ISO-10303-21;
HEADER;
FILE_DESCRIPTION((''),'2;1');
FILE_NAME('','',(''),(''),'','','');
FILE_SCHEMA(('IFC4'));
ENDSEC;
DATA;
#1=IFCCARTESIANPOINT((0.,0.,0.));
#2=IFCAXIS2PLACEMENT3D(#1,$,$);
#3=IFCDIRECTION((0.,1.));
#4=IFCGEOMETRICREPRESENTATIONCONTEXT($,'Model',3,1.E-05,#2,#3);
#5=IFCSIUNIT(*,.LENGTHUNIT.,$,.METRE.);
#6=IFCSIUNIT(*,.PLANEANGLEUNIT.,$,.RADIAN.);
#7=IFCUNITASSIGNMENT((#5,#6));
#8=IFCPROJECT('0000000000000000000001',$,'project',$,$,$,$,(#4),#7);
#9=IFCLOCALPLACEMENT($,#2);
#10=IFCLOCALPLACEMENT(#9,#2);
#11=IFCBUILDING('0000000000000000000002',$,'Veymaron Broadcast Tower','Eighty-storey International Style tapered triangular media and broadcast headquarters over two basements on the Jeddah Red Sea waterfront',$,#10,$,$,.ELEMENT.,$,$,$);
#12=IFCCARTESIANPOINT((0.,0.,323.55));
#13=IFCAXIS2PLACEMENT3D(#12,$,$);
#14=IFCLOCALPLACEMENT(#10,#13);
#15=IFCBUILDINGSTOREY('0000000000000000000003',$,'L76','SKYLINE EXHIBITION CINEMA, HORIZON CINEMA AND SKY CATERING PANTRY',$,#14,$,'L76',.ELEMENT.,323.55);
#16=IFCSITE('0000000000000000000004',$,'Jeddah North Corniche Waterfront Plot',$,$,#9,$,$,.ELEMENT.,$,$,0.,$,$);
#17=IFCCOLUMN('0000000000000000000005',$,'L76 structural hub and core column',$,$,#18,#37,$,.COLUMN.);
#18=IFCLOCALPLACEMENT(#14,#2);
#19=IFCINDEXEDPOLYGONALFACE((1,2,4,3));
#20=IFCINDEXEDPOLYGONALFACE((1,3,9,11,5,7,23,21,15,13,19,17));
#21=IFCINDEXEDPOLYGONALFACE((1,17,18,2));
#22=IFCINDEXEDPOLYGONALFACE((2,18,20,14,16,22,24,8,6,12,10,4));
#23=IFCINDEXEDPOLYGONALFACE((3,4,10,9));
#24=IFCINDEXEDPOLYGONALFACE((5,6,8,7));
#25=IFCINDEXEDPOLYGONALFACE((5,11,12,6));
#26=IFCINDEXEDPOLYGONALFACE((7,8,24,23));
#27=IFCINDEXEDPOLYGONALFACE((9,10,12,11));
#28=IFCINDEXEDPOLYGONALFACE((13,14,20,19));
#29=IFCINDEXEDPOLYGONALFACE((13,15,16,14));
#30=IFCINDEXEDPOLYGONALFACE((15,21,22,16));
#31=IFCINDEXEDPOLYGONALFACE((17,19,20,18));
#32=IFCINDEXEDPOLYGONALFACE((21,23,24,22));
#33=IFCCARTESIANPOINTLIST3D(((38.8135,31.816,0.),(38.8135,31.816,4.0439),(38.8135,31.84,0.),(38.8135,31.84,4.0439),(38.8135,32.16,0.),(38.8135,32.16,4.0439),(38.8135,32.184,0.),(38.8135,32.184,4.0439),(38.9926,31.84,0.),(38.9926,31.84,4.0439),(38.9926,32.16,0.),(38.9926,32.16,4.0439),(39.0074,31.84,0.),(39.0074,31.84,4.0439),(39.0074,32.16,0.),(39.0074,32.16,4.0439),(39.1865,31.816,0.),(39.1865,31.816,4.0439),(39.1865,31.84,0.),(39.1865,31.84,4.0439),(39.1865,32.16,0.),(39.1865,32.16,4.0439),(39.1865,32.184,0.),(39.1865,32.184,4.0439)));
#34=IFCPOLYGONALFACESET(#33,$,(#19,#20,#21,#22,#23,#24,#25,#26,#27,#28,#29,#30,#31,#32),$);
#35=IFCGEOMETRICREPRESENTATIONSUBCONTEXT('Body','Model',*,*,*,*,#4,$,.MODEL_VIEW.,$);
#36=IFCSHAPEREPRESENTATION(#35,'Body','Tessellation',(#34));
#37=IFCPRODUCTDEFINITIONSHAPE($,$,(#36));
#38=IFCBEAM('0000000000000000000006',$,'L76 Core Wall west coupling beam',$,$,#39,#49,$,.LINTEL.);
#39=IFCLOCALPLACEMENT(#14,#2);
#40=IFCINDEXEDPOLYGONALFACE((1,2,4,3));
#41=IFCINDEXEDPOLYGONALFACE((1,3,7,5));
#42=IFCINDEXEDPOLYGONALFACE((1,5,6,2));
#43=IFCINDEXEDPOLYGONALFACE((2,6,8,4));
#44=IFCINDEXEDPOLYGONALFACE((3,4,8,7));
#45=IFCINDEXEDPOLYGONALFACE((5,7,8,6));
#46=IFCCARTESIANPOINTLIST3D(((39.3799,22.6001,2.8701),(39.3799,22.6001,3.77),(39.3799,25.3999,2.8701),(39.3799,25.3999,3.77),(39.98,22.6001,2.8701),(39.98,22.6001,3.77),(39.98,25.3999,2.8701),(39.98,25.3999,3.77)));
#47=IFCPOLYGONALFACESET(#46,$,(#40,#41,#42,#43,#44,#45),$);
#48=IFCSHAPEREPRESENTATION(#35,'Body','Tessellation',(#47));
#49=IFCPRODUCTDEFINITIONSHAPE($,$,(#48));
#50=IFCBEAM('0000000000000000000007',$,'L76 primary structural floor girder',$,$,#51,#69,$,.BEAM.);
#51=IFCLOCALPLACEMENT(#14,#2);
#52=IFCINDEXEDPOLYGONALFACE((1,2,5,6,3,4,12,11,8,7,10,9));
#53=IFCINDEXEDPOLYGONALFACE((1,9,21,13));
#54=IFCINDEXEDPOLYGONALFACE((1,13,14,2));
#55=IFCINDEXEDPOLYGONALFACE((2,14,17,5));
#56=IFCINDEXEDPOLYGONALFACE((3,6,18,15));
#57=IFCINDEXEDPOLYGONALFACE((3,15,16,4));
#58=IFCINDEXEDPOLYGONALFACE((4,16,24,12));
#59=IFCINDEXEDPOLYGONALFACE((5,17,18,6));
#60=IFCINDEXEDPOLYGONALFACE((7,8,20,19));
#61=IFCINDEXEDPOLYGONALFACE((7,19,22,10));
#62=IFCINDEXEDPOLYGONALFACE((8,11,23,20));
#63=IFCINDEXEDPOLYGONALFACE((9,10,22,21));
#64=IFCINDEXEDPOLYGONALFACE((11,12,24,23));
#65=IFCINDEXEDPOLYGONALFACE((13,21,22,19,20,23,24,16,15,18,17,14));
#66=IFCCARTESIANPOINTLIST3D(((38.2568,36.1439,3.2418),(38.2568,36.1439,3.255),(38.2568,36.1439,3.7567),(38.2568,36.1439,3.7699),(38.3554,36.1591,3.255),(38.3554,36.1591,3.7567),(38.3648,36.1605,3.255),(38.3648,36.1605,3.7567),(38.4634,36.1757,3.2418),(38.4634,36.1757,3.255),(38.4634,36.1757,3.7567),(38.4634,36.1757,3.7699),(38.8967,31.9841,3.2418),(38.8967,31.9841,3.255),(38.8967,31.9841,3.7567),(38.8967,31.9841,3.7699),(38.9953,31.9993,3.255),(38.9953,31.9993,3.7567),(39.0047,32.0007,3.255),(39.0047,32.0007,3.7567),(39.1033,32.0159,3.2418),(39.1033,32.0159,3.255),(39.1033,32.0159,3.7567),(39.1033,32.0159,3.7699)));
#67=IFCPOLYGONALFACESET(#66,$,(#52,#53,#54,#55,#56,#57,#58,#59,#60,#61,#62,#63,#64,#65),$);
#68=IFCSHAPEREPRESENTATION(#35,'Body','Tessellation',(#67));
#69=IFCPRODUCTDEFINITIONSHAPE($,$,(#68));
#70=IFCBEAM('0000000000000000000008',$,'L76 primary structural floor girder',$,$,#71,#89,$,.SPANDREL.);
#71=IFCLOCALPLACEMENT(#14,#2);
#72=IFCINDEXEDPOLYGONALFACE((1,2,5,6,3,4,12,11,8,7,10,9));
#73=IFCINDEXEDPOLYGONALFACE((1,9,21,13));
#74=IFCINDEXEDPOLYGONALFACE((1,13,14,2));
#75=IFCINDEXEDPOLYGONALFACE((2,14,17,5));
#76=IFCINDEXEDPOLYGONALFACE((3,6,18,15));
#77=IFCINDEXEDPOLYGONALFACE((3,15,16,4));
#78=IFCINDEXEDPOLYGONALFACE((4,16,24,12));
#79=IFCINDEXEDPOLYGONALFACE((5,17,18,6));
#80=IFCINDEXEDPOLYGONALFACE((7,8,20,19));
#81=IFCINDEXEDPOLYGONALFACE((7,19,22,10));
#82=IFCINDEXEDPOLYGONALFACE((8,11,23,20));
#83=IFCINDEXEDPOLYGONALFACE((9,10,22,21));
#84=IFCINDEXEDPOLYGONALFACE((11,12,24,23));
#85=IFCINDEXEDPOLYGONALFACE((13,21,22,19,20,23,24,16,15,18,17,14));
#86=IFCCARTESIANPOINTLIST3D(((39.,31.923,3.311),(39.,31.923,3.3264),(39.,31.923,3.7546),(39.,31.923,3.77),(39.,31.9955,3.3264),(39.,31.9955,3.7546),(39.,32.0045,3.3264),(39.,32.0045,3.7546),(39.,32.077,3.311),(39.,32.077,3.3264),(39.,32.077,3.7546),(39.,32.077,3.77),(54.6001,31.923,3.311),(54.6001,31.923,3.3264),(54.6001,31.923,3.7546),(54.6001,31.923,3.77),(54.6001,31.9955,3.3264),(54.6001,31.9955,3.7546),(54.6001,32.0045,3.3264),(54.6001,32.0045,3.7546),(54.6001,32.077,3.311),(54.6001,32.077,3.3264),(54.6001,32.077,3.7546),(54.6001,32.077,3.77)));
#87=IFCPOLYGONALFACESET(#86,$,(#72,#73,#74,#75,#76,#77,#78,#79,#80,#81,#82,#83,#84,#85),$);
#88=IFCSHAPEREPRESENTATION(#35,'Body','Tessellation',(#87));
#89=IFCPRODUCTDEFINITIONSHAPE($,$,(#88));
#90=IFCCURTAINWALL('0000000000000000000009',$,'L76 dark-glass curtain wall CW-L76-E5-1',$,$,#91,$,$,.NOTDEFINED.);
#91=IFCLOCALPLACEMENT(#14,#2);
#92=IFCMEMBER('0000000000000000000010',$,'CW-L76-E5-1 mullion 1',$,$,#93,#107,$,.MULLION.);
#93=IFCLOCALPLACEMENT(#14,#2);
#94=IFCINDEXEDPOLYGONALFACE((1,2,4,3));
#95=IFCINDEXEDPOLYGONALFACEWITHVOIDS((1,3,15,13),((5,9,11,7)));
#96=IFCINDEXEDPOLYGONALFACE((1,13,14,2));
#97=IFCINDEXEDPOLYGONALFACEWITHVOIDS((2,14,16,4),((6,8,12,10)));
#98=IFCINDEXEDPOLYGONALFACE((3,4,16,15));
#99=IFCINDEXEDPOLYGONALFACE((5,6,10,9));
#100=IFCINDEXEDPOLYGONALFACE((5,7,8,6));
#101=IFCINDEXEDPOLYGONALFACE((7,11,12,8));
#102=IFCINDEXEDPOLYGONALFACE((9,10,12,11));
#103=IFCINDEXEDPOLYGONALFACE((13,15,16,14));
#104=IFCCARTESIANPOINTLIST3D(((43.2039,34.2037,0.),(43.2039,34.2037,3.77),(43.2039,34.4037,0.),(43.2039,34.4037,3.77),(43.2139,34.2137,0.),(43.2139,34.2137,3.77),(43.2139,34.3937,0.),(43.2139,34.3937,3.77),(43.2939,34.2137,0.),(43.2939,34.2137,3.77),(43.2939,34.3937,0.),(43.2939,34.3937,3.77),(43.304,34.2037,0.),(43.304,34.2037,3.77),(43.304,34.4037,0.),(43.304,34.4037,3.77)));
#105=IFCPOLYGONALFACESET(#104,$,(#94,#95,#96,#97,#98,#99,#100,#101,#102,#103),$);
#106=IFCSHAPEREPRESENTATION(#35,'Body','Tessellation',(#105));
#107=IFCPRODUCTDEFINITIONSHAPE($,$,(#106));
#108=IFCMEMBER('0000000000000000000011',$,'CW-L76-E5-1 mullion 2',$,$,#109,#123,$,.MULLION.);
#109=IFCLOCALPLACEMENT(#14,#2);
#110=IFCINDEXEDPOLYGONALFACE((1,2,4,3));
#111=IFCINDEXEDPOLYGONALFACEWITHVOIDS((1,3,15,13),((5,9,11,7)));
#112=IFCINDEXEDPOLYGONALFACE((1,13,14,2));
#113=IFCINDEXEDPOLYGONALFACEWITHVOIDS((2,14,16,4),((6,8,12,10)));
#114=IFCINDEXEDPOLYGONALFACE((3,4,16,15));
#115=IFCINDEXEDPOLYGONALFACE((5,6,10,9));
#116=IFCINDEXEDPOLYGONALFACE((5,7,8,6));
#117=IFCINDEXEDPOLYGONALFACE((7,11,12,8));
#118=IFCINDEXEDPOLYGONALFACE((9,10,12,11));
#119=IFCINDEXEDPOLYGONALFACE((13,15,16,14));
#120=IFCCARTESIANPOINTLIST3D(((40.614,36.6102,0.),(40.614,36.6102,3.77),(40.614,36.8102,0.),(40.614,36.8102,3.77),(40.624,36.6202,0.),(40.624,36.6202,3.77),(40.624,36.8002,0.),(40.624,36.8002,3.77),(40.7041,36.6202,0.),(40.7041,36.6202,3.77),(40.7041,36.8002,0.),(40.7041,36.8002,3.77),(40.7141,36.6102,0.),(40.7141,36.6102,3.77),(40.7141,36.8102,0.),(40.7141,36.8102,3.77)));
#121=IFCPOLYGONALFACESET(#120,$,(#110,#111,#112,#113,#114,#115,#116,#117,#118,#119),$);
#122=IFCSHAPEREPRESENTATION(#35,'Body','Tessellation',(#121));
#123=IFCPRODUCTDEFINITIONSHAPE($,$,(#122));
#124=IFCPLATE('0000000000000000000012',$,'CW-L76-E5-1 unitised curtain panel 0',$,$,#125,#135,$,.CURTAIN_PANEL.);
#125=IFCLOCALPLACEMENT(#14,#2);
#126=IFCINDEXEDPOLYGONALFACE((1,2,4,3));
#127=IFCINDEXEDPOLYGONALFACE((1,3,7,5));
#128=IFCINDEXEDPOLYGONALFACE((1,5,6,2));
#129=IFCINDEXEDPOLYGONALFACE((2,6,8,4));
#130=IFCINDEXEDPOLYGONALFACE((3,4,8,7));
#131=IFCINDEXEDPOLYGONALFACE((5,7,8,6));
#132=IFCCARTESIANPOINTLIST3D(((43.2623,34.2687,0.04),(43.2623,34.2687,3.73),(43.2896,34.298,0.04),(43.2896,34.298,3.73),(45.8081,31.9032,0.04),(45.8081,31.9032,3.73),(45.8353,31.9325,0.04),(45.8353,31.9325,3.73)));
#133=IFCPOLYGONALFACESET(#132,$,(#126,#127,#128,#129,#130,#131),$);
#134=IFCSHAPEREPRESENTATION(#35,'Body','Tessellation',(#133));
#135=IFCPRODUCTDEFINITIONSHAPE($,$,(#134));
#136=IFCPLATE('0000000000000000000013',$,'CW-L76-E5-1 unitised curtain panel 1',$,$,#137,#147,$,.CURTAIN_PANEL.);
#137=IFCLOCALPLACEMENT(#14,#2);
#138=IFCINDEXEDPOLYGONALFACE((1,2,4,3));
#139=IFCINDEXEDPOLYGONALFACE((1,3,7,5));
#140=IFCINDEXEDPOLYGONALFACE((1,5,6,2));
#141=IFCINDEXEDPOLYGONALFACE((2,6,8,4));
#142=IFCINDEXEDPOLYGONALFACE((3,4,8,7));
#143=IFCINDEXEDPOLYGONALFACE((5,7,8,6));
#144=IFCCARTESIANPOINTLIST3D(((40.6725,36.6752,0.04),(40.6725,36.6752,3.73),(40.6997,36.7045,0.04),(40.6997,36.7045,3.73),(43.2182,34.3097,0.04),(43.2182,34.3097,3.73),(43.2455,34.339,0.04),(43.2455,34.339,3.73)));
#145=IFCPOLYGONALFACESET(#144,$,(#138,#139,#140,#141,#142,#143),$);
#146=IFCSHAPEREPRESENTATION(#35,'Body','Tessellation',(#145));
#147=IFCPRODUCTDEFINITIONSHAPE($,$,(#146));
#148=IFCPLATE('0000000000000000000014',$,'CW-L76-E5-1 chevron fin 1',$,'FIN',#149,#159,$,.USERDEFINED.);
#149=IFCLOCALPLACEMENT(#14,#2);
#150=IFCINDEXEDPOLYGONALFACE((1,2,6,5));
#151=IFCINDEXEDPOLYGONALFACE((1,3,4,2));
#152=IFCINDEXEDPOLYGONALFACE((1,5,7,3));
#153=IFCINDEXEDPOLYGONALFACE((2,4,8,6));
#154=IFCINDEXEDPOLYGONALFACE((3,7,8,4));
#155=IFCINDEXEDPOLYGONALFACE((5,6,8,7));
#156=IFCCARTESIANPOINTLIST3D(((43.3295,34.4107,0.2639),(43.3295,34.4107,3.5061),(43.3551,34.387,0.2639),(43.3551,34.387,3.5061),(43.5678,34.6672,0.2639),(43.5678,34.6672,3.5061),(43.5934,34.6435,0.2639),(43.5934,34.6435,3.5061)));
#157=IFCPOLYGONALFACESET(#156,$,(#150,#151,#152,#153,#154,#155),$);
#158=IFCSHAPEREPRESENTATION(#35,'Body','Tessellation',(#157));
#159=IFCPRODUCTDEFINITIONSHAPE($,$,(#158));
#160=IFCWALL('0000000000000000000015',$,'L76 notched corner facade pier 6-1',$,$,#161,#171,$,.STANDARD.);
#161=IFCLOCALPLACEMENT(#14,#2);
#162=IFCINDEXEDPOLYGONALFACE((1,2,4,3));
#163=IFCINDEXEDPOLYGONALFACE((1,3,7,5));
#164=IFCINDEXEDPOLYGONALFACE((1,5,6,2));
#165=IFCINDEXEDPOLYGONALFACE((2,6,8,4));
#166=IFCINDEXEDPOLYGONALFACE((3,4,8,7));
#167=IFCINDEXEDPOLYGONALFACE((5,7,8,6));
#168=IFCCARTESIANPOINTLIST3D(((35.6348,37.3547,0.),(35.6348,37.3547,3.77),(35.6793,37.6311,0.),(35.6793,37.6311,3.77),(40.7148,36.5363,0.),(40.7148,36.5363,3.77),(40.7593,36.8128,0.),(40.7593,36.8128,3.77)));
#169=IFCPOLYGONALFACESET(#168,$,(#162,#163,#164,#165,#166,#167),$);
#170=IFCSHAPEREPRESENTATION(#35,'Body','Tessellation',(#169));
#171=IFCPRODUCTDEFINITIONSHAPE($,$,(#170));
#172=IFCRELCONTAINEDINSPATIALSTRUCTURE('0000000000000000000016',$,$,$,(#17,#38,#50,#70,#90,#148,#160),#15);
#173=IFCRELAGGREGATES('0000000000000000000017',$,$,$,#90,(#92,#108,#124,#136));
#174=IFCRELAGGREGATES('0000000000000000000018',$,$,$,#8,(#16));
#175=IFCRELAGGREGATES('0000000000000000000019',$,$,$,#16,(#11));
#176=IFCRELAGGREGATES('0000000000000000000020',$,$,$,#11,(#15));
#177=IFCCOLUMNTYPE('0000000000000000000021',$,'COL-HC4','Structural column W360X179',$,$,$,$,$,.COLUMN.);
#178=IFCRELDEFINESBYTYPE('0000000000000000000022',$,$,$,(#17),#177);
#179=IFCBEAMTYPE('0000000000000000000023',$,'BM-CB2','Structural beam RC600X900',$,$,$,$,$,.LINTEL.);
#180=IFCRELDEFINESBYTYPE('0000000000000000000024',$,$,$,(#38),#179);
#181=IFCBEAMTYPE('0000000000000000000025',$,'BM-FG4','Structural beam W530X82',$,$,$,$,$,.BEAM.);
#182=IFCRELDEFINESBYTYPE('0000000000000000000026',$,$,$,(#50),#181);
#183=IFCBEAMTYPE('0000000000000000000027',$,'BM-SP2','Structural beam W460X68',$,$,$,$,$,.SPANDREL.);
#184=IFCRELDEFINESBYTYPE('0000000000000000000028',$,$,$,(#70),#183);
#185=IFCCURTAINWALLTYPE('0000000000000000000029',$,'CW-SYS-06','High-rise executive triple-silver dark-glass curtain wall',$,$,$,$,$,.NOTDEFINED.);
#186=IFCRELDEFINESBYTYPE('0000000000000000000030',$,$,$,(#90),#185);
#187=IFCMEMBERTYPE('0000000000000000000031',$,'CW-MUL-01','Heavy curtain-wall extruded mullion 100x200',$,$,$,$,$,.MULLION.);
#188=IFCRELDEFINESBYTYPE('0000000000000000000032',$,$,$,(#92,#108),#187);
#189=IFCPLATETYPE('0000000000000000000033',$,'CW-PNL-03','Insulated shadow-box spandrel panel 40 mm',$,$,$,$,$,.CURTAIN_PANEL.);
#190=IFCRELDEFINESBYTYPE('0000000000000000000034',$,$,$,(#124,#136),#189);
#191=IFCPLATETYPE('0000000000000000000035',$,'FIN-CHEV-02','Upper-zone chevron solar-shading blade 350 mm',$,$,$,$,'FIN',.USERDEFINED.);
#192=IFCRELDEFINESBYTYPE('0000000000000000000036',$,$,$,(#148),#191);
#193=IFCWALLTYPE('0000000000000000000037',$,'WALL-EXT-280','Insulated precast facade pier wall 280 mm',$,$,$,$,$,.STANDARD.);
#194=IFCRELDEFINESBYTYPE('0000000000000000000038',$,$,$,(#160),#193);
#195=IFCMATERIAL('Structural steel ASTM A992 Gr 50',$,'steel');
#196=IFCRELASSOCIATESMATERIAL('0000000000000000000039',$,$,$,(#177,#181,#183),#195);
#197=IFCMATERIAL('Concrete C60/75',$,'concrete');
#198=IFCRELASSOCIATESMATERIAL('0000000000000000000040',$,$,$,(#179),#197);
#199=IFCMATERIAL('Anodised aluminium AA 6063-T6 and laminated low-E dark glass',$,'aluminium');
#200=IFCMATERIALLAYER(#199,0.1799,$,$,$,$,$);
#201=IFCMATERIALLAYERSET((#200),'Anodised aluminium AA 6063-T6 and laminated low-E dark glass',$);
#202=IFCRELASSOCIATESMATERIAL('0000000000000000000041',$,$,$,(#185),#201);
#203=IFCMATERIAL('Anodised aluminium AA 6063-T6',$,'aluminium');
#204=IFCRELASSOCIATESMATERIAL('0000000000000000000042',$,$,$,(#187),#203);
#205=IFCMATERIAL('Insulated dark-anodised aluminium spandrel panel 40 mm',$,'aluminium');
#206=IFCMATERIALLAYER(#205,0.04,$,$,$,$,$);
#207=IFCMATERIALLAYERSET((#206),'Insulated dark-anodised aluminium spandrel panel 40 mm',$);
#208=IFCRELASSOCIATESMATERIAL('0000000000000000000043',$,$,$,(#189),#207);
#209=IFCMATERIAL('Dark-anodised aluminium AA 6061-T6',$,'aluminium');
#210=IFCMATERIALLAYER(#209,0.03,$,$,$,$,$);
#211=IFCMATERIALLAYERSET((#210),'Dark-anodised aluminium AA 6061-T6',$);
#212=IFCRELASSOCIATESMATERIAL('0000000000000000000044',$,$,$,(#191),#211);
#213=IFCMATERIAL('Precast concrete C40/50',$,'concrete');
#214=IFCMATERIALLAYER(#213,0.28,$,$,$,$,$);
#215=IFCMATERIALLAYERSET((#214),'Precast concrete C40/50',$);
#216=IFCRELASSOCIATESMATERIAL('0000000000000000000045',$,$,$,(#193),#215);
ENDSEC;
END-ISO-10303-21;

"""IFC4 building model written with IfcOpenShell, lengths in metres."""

from ifc_helpers import new_model, si_unit, direction, frame, frame_2d, origin, origin_2d, place, context, subcontext, project, spatial, rectangle, hollow_rectangle, i_section, extrude, material, layer, layer_set, material_profile, profile_set, type_object, element, aggregate, save


model = new_model("IFC4")

# Units and contexts
model_context = context("Model", 3, precision=1e-05, world=origin(), true_north=direction((0.0, 1.0)))
body_context = subcontext(model_context, "Body", "Model", "MODEL_VIEW")
ifc_project = project(units=[si_unit("LENGTHUNIT", "METRE"), si_unit("PLANEANGLEUNIT", "RADIAN")], contexts=[model_context])

# Site, building, storey
site_placement = place(None, origin())
site = spatial("IfcSite", under=ifc_project, at=site_placement, Name="Jeddah North Corniche Waterfront Plot", CompositionType="ELEMENT", RefElevation=0.0)
building_placement = place(site_placement, origin())
building = spatial("IfcBuilding", under=site, at=building_placement, Name="Veymaron Broadcast Tower", Description="Eighty-storey International Style tapered triangular media and broadcast headquarters over two basements on the Jeddah Red Sea waterfront", CompositionType="ELEMENT")
storey_placement = place(building_placement, frame((0.0, 0.0, 323.55)))
storey = spatial("IfcBuildingStorey", under=building, at=storey_placement, Name="L76", Description="SKYLINE EXHIBITION CINEMA, HORIZON CINEMA AND SKY CATERING PANTRY", LongName="L76", CompositionType="ELEMENT", Elevation=323.55)

# Column
ifc_material_1 = material(Name="Structural steel ASTM A992 Gr 50", Category="steel")
ifc_material_profile_1 = material_profile(ifc_material_1, i_section(OverallWidth=0.373, OverallDepth=0.3679, WebThickness=0.0149, FlangeThickness=0.0239, at=origin_2d()), Name="W360X179")
ifc_profile_set_1 = profile_set([ifc_material_profile_1], Name="Structural steel ASTM A992 Gr 50")
column_type = type_object("IfcColumnType", Name="COL-HC4", Description="Structural column W360X179", PredefinedType="COLUMN", material=ifc_profile_set_1)
column_placement = place(storey_placement, frame((39.0, 32.0, 0.0), z_axis=(0.0, 0.0, 1.0), x_axis=(1.0, 0.0, 0.0)))
element("IfcColumn", 1, at=column_placement, inside=storey, type_object=column_type, Name="L76 structural hub and core column", PredefinedType="COLUMN", context=body_context, shape_type="SweptSolid", body=[
    extrude(i_section(OverallWidth=0.373, OverallDepth=0.3679, WebThickness=0.0149, FlangeThickness=0.0239, at=origin_2d()), origin(), (0.0, 0.0, 1.0), 4.0439),
])

# Beams
ifc_material_2 = material(Name="Concrete C60/75", Category="concrete")
ifc_material_profile_2 = material_profile(ifc_material_2, rectangle(XDim=0.6001, YDim=0.8999, at=origin_2d()), Name="RC600X900")
ifc_profile_set_2 = profile_set([ifc_material_profile_2], Name="Concrete C60/75")
beam_type_1 = type_object("IfcBeamType", Name="BM-CB2", Description="Structural beam RC600X900", PredefinedType="LINTEL", material=ifc_profile_set_2)
beam_1_placement = place(storey_placement, frame((39.6799, 22.6001, 3.3201), z_axis=(0.0, 1.0, 0.0), x_axis=(-1.0, 0.0, 0.0)))
element("IfcBeam", 2, at=beam_1_placement, inside=storey, type_object=beam_type_1, Name="L76 Core Wall west coupling beam", PredefinedType="LINTEL", context=body_context, shape_type="SweptSolid", body=[
    extrude(rectangle(XDim=0.6001, YDim=0.8999, at=origin_2d()), origin(), (0.0, 0.0, 1.0), 2.7998),
])
ifc_material_profile_3 = material_profile(ifc_material_1, i_section(OverallWidth=0.209, OverallDepth=0.5281, WebThickness=0.0095, FlangeThickness=0.0132, at=origin_2d()), Name="W530X82")
ifc_profile_set_3 = profile_set([ifc_material_profile_3], Name="Structural steel ASTM A992 Gr 50")
beam_type_2 = type_object("IfcBeamType", Name="BM-FG4", Description="Structural beam W530X82", PredefinedType="BEAM", material=ifc_profile_set_3)
beam_2_placement = place(storey_placement, frame((39.0, 32.0, 3.5059), z_axis=(-0.152035, 0.988375, 0.0), x_axis=(-0.988375, -0.152035, 0.0)))
element("IfcBeam", 3, at=beam_2_placement, inside=storey, type_object=beam_type_2, Name="L76 primary structural floor girder", PredefinedType="BEAM", context=body_context, shape_type="SweptSolid", body=[
    extrude(i_section(OverallWidth=0.209, OverallDepth=0.5281, WebThickness=0.0095, FlangeThickness=0.0132, at=origin_2d()), origin(), (0.0, 0.0, 1.0), 4.2087),
])
ifc_material_profile_4 = material_profile(ifc_material_1, i_section(OverallWidth=0.1541, OverallDepth=0.459, WebThickness=0.009, FlangeThickness=0.0154, at=origin_2d()), Name="W460X68")
ifc_profile_set_4 = profile_set([ifc_material_profile_4], Name="Structural steel ASTM A992 Gr 50")
beam_type_3 = type_object("IfcBeamType", Name="BM-SP2", Description="Structural beam W460X68", PredefinedType="SPANDREL", material=ifc_profile_set_4)
beam_3_placement = place(storey_placement, frame((39.0, 32.0, 3.5405), z_axis=(1.0, 0.0, 0.0), x_axis=(0.0, 1.0, 0.0)))
element("IfcBeam", 4, at=beam_3_placement, inside=storey, type_object=beam_type_3, Name="L76 primary structural floor girder", PredefinedType="SPANDREL", context=body_context, shape_type="SweptSolid", body=[
    extrude(i_section(OverallWidth=0.1541, OverallDepth=0.459, WebThickness=0.009, FlangeThickness=0.0154, at=origin_2d()), origin(), (0.0, 0.0, 1.0), 15.6001),
])

# Curtain wall, members, plates
ifc_material_3 = material(Name="Anodised aluminium AA 6063-T6 and laminated low-E dark glass", Category="aluminium")
ifc_layer_1 = layer(ifc_material_3, 0.1799)
ifc_layer_set_1 = layer_set([ifc_layer_1], Name="Anodised aluminium AA 6063-T6 and laminated low-E dark glass")
curtain_wall_type = type_object("IfcCurtainWallType", Name="CW-SYS-06", Description="High-rise executive triple-silver dark-glass curtain wall", PredefinedType="NOTDEFINED", material=ifc_layer_set_1)
curtain_wall_placement = place(storey_placement, origin())
curtain_wall = element("IfcCurtainWall", 5, at=curtain_wall_placement, inside=storey, type_object=curtain_wall_type, Name="L76 dark-glass curtain wall CW-L76-E5-1", PredefinedType="NOTDEFINED")
ifc_material_4 = material(Name="Anodised aluminium AA 6063-T6", Category="aluminium")
ifc_material_profile_5 = material_profile(ifc_material_4, hollow_rectangle(XDim=0.1001, YDim=0.2, WallThickness=0.01, at=origin_2d()), Name="RHS200X100X10")
ifc_profile_set_5 = profile_set([ifc_material_profile_5], Name="Anodised aluminium AA 6063-T6")
member_type = type_object("IfcMemberType", Name="CW-MUL-01", Description="Heavy curtain-wall extruded mullion 100x200", PredefinedType="MULLION", material=ifc_profile_set_5)
member_1_placement = place(storey_placement, frame((43.2539, 34.3037, 0.0), z_axis=(0.0, 0.0, 1.0), x_axis=(1.0, 0.0, 0.0)))
member_1 = element("IfcMember", 6, at=member_1_placement, type_object=member_type, Name="CW-L76-E5-1 mullion 1", PredefinedType="MULLION", context=body_context, shape_type="SweptSolid", body=[
    extrude(hollow_rectangle(XDim=0.1001, YDim=0.2, WallThickness=0.01, at=origin_2d()), origin(), (0.0, 0.0, 1.0), 3.77),
])
member_2_placement = place(storey_placement, frame((40.6641, 36.7102, 0.0), z_axis=(0.0, 0.0, 1.0), x_axis=(1.0, 0.0, 0.0)))
member_2 = element("IfcMember", 7, at=member_2_placement, type_object=member_type, Name="CW-L76-E5-1 mullion 2", PredefinedType="MULLION", context=body_context, shape_type="SweptSolid", body=[
    extrude(hollow_rectangle(XDim=0.1001, YDim=0.2, WallThickness=0.01, at=origin_2d()), origin(), (0.0, 0.0, 1.0), 3.77),
])
ifc_material_5 = material(Name="Insulated dark-anodised aluminium spandrel panel 40 mm", Category="aluminium")
ifc_layer_2 = layer(ifc_material_5, 0.04)
ifc_layer_set_2 = layer_set([ifc_layer_2], Name="Insulated dark-anodised aluminium spandrel panel 40 mm")
plate_type_1 = type_object("IfcPlateType", Name="CW-PNL-03", Description="Insulated shadow-box spandrel panel 40 mm", PredefinedType="CURTAIN_PANEL", material=ifc_layer_set_2)
plate_1_placement = place(storey_placement, frame((44.5488, 33.1006, 0.04), z_axis=(0.0, 0.0, 1.0), x_axis=(-0.732567, 0.680695, 0.0)))
plate_1 = element("IfcPlate", 8, at=plate_1_placement, type_object=plate_type_1, Name="CW-L76-E5-1 unitised curtain panel 0", PredefinedType="CURTAIN_PANEL", context=body_context, shape_type="SweptSolid", body=[
    extrude(rectangle(XDim=3.4751, YDim=0.04, at=origin_2d()), origin(), (0.0, 0.0, 1.0), 3.6899),
])
plate_2_placement = place(storey_placement, frame((41.959, 35.5071, 0.04), z_axis=(0.0, 0.0, 1.0), x_axis=(-0.732567, 0.680695, 0.0)))
plate_2 = element("IfcPlate", 9, at=plate_2_placement, type_object=plate_type_1, Name="CW-L76-E5-1 unitised curtain panel 1", PredefinedType="CURTAIN_PANEL", context=body_context, shape_type="SweptSolid", body=[
    extrude(rectangle(XDim=3.4751, YDim=0.04, at=origin_2d()), origin(), (0.0, 0.0, 1.0), 3.6899),
])
aggregate(curtain_wall, [member_1, member_2, plate_1, plate_2])

# Plate
ifc_material_6 = material(Name="Dark-anodised aluminium AA 6061-T6", Category="aluminium")
ifc_layer_3 = layer(ifc_material_6, 0.03)
ifc_layer_set_3 = layer_set([ifc_layer_3], Name="Dark-anodised aluminium AA 6061-T6")
plate_type_2 = type_object("IfcPlateType", Name="FIN-CHEV-02", Description="Upper-zone chevron solar-shading blade 350 mm", ElementType="FIN", PredefinedType="USERDEFINED", material=ifc_layer_set_3)
plate_3_placement = place(storey_placement, frame((43.4614, 34.5271, 0.2639), z_axis=(0.0, 0.0, 1.0), x_axis=(0.680695, 0.732567, 0.0)))
element("IfcPlate", 10, at=plate_3_placement, inside=storey, type_object=plate_type_2, Name="CW-L76-E5-1 chevron fin 1", ObjectType="FIN", PredefinedType="USERDEFINED", context=body_context, shape_type="SweptSolid", body=[
    extrude(rectangle(XDim=0.3501, YDim=0.0349, at=origin_2d()), origin(), (0.0, 0.0, 1.0), 3.2422),
])

# Wall
ifc_material_7 = material(Name="Precast concrete C40/50", Category="concrete")
ifc_layer_4 = layer(ifc_material_7, 0.28)
ifc_layer_set_4 = layer_set([ifc_layer_4], Name="Precast concrete C40/50")
wall_type_1 = type_object("IfcWallType", Name="WALL-EXT-280", Description="Insulated precast facade pier wall 280 mm", PredefinedType="STANDARD", material=ifc_layer_set_4)
wall_1_placement = place(storey_placement, frame((40.7371, 36.6746, 0.0), z_axis=(0.0, 0.0, 1.0), x_axis=(-0.987272, 0.159041, 0.0)))
element("IfcWall", 11, at=wall_1_placement, inside=storey, type_object=wall_type_1, Name="L76 notched corner facade pier 6-1", PredefinedType="STANDARD", context=body_context, shape_type="SweptSolid", body=[
    extrude(rectangle(XDim=5.1455, YDim=0.28, at=frame_2d((2.5728, 0.0))), origin(), (0.0, 0.0, 1.0), 3.77),
])

save(model, "model.ifc")
